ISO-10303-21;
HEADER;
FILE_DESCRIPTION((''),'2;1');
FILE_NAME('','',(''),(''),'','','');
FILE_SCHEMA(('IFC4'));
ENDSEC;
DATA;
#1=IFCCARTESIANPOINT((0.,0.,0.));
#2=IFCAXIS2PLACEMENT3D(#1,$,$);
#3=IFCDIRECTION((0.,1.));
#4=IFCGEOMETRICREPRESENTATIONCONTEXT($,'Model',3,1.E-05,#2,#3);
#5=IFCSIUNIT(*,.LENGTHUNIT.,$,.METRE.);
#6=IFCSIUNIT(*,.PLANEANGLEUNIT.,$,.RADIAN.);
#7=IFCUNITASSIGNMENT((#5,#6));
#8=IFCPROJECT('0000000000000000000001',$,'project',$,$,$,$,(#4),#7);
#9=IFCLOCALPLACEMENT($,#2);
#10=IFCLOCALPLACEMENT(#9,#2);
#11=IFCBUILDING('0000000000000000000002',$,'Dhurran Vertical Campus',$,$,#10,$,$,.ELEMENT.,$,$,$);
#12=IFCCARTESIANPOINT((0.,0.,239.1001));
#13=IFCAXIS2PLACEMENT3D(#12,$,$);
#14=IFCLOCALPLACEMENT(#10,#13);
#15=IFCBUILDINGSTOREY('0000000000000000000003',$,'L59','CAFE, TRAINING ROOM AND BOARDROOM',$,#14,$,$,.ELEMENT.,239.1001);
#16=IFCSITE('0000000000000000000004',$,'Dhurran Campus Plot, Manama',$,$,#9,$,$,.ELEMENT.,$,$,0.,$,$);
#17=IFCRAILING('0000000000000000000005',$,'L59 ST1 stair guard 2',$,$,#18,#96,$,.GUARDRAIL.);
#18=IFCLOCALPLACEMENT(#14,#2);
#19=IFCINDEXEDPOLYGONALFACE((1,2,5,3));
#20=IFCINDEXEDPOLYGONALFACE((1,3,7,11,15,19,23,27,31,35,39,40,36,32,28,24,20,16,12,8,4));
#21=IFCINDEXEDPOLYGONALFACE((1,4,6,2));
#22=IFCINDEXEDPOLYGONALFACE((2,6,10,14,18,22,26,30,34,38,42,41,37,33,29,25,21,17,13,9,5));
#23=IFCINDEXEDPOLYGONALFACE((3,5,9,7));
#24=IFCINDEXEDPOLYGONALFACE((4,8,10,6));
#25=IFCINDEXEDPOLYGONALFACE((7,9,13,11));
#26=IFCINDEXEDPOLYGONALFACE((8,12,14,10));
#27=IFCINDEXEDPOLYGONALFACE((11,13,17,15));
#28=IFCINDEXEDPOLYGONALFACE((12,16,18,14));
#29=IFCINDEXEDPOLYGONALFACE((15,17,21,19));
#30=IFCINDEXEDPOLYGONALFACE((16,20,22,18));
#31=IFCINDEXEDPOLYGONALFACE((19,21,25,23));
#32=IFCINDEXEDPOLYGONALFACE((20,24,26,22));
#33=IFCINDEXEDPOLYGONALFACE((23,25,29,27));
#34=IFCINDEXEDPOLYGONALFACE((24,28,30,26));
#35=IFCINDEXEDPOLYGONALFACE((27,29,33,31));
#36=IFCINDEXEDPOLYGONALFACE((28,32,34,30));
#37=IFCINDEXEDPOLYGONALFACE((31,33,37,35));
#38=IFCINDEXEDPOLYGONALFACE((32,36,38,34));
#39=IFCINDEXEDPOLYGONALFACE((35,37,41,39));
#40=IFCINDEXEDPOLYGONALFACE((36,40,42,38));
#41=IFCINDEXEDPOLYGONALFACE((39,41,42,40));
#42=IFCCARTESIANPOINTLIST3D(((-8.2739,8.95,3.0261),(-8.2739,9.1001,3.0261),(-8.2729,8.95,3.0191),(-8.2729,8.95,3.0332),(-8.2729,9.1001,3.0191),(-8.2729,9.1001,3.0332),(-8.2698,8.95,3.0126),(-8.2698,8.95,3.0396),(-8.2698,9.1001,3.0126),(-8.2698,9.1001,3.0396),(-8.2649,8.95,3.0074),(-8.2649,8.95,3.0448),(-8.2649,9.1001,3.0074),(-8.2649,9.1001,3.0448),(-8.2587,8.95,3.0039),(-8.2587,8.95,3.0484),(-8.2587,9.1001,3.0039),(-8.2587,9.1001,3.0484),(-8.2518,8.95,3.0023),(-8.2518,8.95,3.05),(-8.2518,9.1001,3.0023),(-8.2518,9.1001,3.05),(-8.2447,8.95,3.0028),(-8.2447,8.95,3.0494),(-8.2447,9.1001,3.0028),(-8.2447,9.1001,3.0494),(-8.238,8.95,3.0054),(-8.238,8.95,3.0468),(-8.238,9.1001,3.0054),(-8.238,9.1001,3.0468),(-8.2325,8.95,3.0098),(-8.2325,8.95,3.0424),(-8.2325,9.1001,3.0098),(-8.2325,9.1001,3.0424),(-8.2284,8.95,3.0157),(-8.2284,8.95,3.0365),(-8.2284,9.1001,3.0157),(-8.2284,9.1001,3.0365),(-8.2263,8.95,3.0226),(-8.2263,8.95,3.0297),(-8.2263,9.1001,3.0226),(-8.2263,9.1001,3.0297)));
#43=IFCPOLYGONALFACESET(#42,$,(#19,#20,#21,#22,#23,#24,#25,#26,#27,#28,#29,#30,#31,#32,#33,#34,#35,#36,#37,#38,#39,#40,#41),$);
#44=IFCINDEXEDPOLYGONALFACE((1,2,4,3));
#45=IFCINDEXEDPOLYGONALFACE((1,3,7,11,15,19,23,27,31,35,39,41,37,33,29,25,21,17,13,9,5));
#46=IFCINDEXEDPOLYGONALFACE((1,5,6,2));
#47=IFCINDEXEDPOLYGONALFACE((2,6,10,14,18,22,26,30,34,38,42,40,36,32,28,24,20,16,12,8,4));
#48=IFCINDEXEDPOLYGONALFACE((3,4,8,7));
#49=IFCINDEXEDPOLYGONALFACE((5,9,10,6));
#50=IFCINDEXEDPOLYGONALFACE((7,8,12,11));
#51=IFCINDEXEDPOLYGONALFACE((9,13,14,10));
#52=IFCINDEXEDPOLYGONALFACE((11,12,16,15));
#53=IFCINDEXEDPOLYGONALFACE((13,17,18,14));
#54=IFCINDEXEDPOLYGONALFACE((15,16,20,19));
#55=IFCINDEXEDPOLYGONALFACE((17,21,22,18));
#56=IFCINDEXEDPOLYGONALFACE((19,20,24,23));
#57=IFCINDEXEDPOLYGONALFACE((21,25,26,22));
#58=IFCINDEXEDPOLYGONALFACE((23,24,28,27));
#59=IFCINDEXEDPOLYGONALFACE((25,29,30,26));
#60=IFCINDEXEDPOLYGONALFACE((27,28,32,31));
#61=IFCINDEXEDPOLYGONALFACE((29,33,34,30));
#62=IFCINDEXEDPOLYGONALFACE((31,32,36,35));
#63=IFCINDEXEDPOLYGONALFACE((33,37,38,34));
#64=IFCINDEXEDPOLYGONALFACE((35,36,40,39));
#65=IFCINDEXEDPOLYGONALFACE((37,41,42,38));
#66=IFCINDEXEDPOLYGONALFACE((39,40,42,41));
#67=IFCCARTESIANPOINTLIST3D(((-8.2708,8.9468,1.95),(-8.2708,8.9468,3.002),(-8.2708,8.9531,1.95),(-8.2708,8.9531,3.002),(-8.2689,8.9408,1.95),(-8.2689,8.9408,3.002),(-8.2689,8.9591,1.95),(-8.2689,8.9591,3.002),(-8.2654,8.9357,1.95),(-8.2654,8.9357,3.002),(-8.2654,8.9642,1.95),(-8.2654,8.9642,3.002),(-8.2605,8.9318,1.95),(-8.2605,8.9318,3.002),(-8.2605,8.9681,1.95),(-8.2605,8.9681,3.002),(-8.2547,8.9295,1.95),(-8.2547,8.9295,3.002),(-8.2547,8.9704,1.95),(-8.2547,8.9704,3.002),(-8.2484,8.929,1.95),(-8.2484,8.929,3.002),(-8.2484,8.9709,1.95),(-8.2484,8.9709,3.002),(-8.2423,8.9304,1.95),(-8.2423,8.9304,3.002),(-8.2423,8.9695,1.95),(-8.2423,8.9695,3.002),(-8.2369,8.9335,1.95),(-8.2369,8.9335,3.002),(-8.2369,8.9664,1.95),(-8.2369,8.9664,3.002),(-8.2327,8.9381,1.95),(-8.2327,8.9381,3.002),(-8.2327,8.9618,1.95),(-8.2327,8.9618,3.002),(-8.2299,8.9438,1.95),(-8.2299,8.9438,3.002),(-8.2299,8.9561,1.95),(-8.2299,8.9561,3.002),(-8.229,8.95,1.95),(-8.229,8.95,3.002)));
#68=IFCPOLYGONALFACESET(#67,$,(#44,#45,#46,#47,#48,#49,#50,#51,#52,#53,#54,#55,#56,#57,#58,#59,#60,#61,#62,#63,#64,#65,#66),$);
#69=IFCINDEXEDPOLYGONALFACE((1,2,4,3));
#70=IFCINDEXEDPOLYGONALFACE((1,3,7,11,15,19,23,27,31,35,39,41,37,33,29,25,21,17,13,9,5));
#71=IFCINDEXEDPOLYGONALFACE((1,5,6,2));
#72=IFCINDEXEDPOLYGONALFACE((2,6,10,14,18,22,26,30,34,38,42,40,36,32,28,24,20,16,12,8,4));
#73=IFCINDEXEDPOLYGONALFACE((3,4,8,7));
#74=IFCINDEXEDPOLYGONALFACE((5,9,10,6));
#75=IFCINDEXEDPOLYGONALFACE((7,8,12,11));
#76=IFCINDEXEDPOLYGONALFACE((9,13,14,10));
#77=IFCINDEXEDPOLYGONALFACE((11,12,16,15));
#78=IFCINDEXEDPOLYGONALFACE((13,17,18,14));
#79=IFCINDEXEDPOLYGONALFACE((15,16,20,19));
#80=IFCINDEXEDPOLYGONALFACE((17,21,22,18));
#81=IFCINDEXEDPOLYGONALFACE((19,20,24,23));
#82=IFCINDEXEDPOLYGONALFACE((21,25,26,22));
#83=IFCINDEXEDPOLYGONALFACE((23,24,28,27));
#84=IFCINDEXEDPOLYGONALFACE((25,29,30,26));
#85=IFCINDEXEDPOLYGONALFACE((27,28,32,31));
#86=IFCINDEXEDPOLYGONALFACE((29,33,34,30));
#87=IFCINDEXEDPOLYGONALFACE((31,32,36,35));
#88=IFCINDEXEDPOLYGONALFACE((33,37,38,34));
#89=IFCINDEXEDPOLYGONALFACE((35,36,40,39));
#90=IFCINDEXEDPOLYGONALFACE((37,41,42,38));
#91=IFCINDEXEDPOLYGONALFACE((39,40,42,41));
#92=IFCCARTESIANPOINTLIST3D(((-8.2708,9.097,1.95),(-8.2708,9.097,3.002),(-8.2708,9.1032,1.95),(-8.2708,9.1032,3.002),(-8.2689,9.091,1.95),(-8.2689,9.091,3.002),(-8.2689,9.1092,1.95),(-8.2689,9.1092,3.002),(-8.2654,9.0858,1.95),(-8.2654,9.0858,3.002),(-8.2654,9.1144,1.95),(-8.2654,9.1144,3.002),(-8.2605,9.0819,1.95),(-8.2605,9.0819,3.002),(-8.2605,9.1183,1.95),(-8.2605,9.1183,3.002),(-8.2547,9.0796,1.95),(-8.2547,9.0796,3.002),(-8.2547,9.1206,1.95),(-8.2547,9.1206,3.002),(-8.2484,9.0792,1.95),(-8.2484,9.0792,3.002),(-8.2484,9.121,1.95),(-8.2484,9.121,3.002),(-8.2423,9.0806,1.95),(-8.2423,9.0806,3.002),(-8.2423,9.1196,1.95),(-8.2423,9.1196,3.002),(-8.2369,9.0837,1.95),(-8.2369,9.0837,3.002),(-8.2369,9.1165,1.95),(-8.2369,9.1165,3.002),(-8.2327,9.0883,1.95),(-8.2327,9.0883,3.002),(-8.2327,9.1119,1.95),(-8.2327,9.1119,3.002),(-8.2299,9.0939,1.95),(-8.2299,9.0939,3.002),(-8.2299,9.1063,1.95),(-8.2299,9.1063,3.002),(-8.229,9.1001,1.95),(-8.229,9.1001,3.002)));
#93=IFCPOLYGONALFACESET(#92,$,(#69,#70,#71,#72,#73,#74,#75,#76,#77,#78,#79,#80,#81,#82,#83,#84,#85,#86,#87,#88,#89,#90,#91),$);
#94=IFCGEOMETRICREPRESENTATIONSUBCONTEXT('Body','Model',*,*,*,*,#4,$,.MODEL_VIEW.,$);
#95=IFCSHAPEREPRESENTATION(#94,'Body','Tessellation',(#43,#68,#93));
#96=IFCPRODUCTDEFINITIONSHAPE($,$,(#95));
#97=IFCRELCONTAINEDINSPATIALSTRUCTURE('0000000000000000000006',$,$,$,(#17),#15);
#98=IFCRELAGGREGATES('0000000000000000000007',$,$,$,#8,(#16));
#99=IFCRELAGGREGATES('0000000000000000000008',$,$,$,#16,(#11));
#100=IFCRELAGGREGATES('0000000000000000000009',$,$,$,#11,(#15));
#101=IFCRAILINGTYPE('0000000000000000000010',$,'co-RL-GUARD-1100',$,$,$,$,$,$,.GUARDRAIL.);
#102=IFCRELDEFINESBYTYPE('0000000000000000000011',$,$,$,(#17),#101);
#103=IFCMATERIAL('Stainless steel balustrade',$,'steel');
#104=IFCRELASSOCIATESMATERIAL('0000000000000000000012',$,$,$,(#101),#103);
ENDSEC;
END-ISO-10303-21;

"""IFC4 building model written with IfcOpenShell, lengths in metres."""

from ifc_helpers import new_model, si_unit, direction, frame, origin, origin_2d, place, context, subcontext, project, spatial, circle, extrude, material, type_object, element, save


model = new_model("IFC4")

# Units and contexts
model_context = context("Model", 3, precision=1e-05, world=origin(), true_north=direction((0.0, 1.0)))
body_context = subcontext(model_context, "Body", "Model", "MODEL_VIEW")
ifc_project = project(units=[si_unit("LENGTHUNIT", "METRE"), si_unit("PLANEANGLEUNIT", "RADIAN")], contexts=[model_context])

# Site, building, storey
site_placement = place(None, origin())
site = spatial("IfcSite", under=ifc_project, at=site_placement, Name="Dhurran Campus Plot, Manama", CompositionType="ELEMENT", RefElevation=0.0)
building_placement = place(site_placement, origin())
building = spatial("IfcBuilding", under=site, at=building_placement, Name="Dhurran Vertical Campus", CompositionType="ELEMENT")
storey_placement = place(building_placement, frame((0.0, 0.0, 239.1001)))
storey = spatial("IfcBuildingStorey", under=building, at=storey_placement, Name="L59", Description="CAFE, TRAINING ROOM AND BOARDROOM", CompositionType="ELEMENT", Elevation=239.1001)

# Railing
ifc_material_1 = material(Name="Stainless steel balustrade", Category="steel")
railing_type_1 = type_object("IfcRailingType", Name="co-RL-GUARD-1100", PredefinedType="GUARDRAIL", material=ifc_material_1)
railing_1_placement = place(storey_placement, frame((-8.25, 8.95, 1.95)))
element("IfcRailing", 1, at=railing_1_placement, inside=storey, type_object=railing_type_1, Name="L59 ST1 stair guard 2", PredefinedType="GUARDRAIL", context=body_context, shape_type="SweptSolid", body=[
    extrude(circle(Radius=0.0239, at=origin_2d()), frame((0.0, 0.0, 1.0762), z_axis=(0.0, 1.0, 0.0), x_axis=(-1.0, 0.0, 0.0)), (0.0, 0.0, 1.0), 0.1501),
    extrude(circle(Radius=0.021, at=origin_2d()), origin(), (0.0, 0.0, 1.0), 1.052),
    extrude(circle(Radius=0.021, at=origin_2d()), frame((0.0, 0.1501, 0.0)), (0.0, 0.0, 1.0), 1.052),
])

save(model, "model.ifc")
